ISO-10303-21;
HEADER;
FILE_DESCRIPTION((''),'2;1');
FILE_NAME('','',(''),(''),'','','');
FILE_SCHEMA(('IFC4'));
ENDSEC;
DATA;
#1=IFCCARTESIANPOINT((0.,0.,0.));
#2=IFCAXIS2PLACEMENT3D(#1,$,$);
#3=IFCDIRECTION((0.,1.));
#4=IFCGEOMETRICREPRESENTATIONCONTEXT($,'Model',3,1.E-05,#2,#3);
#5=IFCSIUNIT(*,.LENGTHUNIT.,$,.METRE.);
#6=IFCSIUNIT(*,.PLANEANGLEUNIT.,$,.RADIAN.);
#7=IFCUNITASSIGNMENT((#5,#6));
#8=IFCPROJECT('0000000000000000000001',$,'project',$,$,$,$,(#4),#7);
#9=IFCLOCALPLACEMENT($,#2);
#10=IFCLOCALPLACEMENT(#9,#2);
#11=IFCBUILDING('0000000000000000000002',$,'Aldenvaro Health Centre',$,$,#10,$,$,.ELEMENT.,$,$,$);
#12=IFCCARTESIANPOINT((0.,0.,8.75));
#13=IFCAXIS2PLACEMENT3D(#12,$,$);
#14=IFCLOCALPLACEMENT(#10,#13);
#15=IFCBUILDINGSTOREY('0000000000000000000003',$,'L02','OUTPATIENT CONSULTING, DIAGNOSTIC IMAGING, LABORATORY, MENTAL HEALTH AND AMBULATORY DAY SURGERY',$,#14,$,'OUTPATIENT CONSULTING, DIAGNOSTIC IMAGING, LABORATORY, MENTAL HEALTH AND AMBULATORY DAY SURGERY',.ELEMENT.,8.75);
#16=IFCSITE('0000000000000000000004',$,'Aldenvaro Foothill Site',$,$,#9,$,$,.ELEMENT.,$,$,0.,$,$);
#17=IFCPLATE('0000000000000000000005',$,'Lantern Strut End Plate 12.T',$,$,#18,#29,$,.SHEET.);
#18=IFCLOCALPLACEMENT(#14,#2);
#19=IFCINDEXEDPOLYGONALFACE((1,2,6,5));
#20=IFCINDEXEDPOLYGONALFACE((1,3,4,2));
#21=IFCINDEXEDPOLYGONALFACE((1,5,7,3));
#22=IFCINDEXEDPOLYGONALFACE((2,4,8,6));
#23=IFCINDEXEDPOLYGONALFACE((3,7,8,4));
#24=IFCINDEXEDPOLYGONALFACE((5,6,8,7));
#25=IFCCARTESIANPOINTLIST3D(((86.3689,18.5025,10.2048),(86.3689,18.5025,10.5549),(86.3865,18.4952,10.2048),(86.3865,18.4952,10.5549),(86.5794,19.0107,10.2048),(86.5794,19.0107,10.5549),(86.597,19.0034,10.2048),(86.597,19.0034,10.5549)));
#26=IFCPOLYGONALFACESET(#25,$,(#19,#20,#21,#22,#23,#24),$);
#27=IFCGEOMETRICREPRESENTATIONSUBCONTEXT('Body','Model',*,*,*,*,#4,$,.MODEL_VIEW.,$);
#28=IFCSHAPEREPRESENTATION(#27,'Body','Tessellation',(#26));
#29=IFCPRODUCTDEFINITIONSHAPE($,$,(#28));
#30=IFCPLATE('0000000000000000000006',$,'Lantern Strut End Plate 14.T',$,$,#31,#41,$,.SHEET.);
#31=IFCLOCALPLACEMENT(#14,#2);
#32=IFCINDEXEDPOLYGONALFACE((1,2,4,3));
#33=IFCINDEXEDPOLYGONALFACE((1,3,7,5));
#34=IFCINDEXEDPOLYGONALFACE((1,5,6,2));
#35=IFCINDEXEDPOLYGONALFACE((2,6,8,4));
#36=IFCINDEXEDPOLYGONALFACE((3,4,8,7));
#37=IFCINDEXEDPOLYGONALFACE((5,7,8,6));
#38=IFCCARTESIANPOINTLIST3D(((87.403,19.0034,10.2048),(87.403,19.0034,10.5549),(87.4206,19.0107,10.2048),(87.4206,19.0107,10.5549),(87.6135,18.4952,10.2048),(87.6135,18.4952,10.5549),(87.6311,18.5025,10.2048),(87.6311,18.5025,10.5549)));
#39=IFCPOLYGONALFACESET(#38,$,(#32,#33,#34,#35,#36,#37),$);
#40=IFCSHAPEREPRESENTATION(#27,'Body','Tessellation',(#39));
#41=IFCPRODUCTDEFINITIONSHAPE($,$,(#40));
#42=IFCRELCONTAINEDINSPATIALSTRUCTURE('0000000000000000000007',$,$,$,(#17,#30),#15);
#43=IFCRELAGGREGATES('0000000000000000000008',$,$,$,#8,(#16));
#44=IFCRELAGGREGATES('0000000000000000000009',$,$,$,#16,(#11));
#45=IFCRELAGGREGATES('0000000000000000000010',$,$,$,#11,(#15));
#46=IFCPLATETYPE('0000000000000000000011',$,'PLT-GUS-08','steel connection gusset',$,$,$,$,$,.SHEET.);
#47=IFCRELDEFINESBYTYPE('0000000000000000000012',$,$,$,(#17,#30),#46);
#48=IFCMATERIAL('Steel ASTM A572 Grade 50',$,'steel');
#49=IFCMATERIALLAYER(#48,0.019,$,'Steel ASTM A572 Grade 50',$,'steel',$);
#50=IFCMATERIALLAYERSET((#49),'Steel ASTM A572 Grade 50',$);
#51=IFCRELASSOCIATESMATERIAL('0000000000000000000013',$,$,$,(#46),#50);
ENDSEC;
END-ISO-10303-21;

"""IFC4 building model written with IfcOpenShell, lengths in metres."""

from ifc_helpers import new_model, si_unit, direction, frame, origin, origin_2d, place, context, subcontext, project, spatial, rectangle, extrude, material, layer, layer_set, type_object, element, save


model = new_model("IFC4")

# Units and contexts
model_context = context("Model", 3, precision=1e-05, world=origin(), true_north=direction((0.0, 1.0)))
body_context = subcontext(model_context, "Body", "Model", "MODEL_VIEW")
ifc_project = project(units=[si_unit("LENGTHUNIT", "METRE"), si_unit("PLANEANGLEUNIT", "RADIAN")], contexts=[model_context])

# Site, building, storey
site_placement = place(None, origin())
site = spatial("IfcSite", under=ifc_project, at=site_placement, Name="Aldenvaro Foothill Site", CompositionType="ELEMENT", RefElevation=0.0)
building_placement = place(site_placement, origin())
building = spatial("IfcBuilding", under=site, at=building_placement, Name="Aldenvaro Health Centre", CompositionType="ELEMENT")
storey_placement = place(building_placement, frame((0.0, 0.0, 8.75)))
storey = spatial("IfcBuildingStorey", under=building, at=storey_placement, Name="L02", Description="OUTPATIENT CONSULTING, DIAGNOSTIC IMAGING, LABORATORY, MENTAL HEALTH AND AMBULATORY DAY SURGERY", LongName="OUTPATIENT CONSULTING, DIAGNOSTIC IMAGING, LABORATORY, MENTAL HEALTH AND AMBULATORY DAY SURGERY", CompositionType="ELEMENT", Elevation=8.75)

# Plates
ifc_material_1 = material(Name="Steel ASTM A572 Grade 50", Category="steel")
ifc_layer_1 = layer(ifc_material_1, 0.019, Name="Steel ASTM A572 Grade 50", Category="steel")
ifc_layer_set_1 = layer_set([ifc_layer_1], Name="Steel ASTM A572 Grade 50")
plate_type_1 = type_object("IfcPlateType", Name="PLT-GUS-08", Description="steel connection gusset", PredefinedType="SHEET", material=ifc_layer_set_1)
for number, where, z_axis, x_axis, name in (
    (1, (86.4829, 18.7529, 10.2048), (0.0, 0.0, 1.0), (-0.382683, -0.92388, 0.0), "Lantern Strut End Plate 12.T"),
    (2, (87.5171, 18.7529, 10.2048), (0.0, 0.0, 1.0), (0.382683, -0.92388, 0.0), "Lantern Strut End Plate 14.T"),
):
    element("IfcPlate", number, at=place(storey_placement, frame(where, z_axis=z_axis, x_axis=x_axis)), inside=storey, type_object=plate_type_1, Name=name, PredefinedType="SHEET", context=body_context, shape_type="SweptSolid", body=[
        extrude(rectangle(XDim=0.55, YDim=0.019, at=origin_2d()), origin(), (0.0, 0.0, 1.0), 0.3501),
    ])

save(model, "model.ifc")
